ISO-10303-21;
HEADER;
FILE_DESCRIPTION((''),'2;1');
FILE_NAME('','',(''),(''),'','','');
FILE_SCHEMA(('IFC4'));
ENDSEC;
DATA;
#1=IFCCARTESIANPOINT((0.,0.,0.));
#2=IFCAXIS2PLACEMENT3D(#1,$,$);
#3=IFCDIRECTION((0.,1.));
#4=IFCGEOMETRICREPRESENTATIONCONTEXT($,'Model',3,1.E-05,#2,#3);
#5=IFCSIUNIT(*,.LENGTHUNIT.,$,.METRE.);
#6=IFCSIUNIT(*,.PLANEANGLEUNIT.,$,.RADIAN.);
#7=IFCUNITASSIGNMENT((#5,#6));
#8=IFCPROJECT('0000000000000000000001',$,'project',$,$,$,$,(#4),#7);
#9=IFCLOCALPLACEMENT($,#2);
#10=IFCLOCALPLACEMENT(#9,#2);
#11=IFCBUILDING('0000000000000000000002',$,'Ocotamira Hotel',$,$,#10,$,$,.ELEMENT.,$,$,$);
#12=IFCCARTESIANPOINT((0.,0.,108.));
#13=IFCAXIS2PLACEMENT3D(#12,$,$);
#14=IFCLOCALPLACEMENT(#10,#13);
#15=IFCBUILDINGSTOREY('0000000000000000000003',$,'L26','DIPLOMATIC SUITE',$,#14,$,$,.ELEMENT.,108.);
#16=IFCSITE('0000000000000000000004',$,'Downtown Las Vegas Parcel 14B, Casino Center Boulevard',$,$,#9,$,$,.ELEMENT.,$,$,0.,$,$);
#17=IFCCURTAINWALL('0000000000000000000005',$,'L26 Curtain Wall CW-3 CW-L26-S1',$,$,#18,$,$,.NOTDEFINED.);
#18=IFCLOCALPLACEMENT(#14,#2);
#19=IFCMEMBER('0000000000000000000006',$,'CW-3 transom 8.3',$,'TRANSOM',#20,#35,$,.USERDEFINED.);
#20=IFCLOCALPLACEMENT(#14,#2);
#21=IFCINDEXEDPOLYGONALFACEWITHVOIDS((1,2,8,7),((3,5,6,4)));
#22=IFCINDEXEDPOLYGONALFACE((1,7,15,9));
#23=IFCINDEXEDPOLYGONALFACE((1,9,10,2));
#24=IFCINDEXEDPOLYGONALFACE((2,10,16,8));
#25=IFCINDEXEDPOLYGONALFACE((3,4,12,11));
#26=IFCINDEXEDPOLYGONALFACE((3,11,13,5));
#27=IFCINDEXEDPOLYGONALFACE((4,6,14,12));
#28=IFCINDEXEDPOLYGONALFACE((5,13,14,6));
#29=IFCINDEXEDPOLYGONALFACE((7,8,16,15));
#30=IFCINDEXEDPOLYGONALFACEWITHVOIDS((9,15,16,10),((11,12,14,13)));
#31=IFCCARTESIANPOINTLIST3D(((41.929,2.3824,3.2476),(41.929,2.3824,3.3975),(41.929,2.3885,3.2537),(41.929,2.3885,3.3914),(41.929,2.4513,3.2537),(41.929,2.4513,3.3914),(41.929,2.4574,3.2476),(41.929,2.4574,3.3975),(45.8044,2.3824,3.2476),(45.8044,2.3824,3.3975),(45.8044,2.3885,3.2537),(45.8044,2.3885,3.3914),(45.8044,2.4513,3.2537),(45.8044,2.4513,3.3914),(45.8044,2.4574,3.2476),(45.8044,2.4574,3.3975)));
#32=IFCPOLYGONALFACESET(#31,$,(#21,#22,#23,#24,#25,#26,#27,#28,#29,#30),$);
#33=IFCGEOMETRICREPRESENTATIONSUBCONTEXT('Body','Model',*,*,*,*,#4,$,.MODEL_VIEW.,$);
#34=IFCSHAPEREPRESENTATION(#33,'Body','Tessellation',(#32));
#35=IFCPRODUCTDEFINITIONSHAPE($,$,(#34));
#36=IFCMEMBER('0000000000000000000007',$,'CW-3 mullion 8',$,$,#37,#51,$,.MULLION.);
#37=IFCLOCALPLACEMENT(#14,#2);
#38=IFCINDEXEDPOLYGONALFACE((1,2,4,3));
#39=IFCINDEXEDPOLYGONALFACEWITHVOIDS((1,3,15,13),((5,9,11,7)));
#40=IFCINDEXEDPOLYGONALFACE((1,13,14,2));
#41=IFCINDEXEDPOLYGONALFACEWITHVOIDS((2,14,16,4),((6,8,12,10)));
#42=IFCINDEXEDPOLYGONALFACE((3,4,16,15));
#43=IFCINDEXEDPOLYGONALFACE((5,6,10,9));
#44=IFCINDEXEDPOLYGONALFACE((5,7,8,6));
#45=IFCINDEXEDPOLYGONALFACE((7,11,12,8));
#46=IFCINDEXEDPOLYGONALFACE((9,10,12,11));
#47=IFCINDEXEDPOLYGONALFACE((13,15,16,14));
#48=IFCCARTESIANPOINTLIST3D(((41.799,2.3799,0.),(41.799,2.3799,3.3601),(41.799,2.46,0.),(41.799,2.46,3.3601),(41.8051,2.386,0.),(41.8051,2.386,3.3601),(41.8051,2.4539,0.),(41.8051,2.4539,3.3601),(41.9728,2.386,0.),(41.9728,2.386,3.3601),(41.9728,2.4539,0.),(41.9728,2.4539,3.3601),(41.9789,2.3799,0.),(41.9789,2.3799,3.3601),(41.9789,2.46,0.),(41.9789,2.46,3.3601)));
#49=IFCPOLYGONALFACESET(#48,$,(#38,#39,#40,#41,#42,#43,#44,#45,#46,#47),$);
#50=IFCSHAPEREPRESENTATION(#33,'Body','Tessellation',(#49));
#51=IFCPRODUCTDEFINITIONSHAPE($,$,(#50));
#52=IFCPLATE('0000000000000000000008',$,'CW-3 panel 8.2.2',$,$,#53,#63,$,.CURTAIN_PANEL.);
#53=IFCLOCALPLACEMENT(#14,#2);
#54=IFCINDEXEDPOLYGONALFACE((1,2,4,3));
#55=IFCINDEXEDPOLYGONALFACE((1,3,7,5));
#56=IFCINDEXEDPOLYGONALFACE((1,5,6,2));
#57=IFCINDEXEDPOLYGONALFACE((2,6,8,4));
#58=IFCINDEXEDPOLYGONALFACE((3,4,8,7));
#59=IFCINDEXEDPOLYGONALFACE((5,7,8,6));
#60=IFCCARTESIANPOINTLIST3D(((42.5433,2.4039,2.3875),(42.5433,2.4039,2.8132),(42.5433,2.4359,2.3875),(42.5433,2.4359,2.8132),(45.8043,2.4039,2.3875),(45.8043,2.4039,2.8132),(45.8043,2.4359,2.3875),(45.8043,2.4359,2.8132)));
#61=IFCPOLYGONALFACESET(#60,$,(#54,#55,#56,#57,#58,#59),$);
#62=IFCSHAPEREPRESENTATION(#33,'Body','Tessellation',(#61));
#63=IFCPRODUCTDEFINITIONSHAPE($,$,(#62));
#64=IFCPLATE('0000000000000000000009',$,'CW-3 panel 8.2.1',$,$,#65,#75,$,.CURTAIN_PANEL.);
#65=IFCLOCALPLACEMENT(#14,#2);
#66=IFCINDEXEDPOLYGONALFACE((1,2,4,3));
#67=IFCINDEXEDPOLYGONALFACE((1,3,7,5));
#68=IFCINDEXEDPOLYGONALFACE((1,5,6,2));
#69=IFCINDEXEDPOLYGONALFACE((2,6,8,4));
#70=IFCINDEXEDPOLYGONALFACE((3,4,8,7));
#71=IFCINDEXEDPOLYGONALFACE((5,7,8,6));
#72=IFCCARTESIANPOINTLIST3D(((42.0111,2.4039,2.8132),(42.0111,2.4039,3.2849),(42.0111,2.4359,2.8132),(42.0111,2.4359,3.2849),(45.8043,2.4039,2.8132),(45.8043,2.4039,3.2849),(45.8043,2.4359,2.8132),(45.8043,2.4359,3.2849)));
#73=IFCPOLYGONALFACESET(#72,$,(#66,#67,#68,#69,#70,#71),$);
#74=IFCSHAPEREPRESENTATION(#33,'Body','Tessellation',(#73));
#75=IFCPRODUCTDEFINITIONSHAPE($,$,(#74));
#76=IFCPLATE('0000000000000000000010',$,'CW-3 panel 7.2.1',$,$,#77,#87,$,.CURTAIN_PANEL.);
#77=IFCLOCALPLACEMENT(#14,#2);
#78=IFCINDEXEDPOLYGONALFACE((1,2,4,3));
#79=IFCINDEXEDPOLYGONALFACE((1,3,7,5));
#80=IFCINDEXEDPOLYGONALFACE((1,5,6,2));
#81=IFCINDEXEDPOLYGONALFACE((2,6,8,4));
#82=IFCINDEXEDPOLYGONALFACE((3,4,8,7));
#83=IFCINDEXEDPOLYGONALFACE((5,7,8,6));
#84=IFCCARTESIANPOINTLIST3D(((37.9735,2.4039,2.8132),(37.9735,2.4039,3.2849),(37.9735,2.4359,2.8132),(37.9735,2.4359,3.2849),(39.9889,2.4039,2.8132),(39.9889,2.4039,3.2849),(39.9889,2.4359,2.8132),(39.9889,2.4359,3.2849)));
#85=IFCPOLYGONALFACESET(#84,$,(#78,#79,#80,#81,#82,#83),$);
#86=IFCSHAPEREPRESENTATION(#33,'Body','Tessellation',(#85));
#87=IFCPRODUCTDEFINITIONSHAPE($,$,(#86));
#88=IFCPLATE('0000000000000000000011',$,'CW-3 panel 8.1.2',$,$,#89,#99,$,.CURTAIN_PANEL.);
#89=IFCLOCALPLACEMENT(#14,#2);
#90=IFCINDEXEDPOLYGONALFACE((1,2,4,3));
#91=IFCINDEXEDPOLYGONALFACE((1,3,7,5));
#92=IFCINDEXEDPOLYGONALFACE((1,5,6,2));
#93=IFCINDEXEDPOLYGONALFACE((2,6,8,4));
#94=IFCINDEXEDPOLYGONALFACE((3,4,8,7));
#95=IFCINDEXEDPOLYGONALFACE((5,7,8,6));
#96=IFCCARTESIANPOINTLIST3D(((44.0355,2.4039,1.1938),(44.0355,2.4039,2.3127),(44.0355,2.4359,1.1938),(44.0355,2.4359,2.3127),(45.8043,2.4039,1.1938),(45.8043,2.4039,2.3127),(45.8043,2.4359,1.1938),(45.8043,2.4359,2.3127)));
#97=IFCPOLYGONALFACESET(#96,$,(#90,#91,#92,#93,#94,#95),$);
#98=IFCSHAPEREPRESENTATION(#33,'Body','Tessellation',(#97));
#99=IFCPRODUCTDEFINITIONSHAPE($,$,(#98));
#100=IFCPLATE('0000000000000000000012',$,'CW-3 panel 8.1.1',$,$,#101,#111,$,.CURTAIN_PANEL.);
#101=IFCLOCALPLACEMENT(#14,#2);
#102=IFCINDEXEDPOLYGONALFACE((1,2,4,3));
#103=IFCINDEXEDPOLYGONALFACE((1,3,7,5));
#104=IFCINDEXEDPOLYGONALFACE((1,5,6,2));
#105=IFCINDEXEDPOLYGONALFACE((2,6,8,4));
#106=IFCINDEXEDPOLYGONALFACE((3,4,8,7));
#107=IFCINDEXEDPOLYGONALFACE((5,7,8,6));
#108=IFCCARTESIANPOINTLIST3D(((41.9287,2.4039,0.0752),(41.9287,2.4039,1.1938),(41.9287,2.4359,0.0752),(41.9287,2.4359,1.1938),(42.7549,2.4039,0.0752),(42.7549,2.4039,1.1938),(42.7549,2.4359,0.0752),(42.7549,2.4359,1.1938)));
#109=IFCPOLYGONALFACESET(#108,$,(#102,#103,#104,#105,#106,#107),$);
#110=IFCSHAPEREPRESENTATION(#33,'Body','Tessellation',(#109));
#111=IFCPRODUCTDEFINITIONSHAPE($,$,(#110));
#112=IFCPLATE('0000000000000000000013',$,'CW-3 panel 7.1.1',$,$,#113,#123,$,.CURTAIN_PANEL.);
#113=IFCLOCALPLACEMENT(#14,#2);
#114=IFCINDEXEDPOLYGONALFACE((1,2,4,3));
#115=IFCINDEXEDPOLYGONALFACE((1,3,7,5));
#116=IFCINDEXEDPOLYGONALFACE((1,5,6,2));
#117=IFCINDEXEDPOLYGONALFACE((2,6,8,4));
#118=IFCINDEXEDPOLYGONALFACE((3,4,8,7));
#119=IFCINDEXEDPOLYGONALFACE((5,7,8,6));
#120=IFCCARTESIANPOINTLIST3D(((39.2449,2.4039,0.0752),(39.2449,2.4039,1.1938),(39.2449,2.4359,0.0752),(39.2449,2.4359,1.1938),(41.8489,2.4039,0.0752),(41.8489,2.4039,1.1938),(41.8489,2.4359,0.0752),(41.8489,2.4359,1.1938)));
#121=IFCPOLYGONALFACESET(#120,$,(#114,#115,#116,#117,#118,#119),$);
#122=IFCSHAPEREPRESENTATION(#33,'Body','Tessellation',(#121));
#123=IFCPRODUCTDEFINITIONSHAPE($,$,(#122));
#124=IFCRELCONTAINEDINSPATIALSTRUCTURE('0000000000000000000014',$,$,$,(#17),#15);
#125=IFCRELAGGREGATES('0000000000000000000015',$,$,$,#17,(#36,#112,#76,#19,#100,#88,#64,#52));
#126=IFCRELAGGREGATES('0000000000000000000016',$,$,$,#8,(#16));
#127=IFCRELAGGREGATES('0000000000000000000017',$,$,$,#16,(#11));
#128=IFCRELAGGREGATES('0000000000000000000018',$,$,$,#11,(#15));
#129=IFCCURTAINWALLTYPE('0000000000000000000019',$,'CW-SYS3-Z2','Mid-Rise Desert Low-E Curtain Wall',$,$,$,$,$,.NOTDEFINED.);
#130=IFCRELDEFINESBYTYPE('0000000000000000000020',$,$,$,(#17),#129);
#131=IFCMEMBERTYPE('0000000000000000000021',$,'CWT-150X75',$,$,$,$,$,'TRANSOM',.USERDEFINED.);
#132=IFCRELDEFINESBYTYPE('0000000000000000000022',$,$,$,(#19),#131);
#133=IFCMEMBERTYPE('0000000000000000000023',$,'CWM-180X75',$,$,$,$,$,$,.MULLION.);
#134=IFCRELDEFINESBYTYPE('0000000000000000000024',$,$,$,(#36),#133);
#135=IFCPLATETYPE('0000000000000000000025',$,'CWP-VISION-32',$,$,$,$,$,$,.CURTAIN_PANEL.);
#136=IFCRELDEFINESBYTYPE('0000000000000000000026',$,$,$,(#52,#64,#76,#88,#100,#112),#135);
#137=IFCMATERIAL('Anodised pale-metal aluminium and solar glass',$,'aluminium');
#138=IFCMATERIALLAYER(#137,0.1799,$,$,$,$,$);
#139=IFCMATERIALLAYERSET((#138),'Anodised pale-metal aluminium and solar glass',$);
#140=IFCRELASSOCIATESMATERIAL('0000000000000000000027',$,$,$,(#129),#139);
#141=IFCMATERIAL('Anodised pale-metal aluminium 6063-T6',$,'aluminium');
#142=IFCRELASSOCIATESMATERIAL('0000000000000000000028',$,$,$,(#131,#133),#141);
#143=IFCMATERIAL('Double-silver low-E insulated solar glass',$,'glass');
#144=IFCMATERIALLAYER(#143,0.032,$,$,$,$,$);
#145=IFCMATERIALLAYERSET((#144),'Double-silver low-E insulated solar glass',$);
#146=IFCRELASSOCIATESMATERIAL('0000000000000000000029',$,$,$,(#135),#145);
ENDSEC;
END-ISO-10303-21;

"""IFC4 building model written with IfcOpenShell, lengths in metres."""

from ifc_helpers import new_model, si_unit, direction, frame, origin, origin_2d, place, context, subcontext, project, spatial, rectangle, hollow_rectangle, extrude, source, transform, mapped, material, layer, layer_set, material_profile, profile_set, type_object, element, aggregate, save


model = new_model("IFC4")

# Units and contexts
model_context = context("Model", 3, precision=1e-05, world=origin(), true_north=direction((0.0, 1.0)))
body_context = subcontext(model_context, "Body", "Model", "MODEL_VIEW")
ifc_project = project(units=[si_unit("LENGTHUNIT", "METRE"), si_unit("PLANEANGLEUNIT", "RADIAN")], contexts=[model_context])

# Site, building, storey
site_placement = place(None, origin())
site = spatial("IfcSite", under=ifc_project, at=site_placement, Name="Downtown Las Vegas Parcel 14B, Casino Center Boulevard", CompositionType="ELEMENT", RefElevation=0.0)
building_placement = place(site_placement, origin())
building = spatial("IfcBuilding", under=site, at=building_placement, Name="Ocotamira Hotel", CompositionType="ELEMENT")
storey_placement = place(building_placement, frame((0.0, 0.0, 108.0)))
storey = spatial("IfcBuildingStorey", under=building, at=storey_placement, Name="L26", Description="DIPLOMATIC SUITE", CompositionType="ELEMENT", Elevation=108.0)

# Curtain wall, members, plates
ifc_material_1 = material(Name="Anodised pale-metal aluminium and solar glass", Category="aluminium")
ifc_layer_1 = layer(ifc_material_1, 0.1799)
ifc_layer_set_1 = layer_set([ifc_layer_1], Name="Anodised pale-metal aluminium and solar glass")
curtain_wall_type = type_object("IfcCurtainWallType", Name="CW-SYS3-Z2", Description="Mid-Rise Desert Low-E Curtain Wall", PredefinedType="NOTDEFINED", material=ifc_layer_set_1)
curtain_wall_placement = place(storey_placement, origin())
curtain_wall = element("IfcCurtainWall", 1, at=curtain_wall_placement, inside=storey, type_object=curtain_wall_type, Name="L26 Curtain Wall CW-3 CW-L26-S1", PredefinedType="NOTDEFINED")
ifc_material_2 = material(Name="Anodised pale-metal aluminium 6063-T6", Category="aluminium")
ifc_material_profile_1 = material_profile(ifc_material_2, hollow_rectangle(XDim=0.075, YDim=0.1499, WallThickness=0.0061, at=origin_2d()), Name="HSS150X75X6")
ifc_profile_set_1 = profile_set([ifc_material_profile_1], Name="Anodised pale-metal aluminium 6063-T6")
member_type_1 = type_object("IfcMemberType", Name="CWT-150X75", ElementType="TRANSOM", PredefinedType="USERDEFINED", material=ifc_profile_set_1)
shared_shape_1 = source(origin(), body_context, "Body", "SweptSolid", [
    extrude(hollow_rectangle(XDim=0.075, YDim=0.1499, WallThickness=0.0061, at=origin_2d()), origin(), (0.0, 0.0, 1.0), 3.8755),
])
member_1_placement = place(storey_placement, frame((41.929, 2.4199, 3.3225), z_axis=(1.0, 0.0, 0.0), x_axis=(0.0, 1.0, 0.0)))
member_1 = element("IfcMember", 2, at=member_1_placement, type_object=member_type_1, Name="CW-3 transom 8.3", ObjectType="TRANSOM", PredefinedType="USERDEFINED", context=body_context, shape_type="MappedRepresentation", body=[
    mapped(shared_shape_1, transform((0.0, 0.0, 0.0), scale=1.0)),
])
ifc_material_profile_2 = material_profile(ifc_material_2, hollow_rectangle(XDim=0.0801, YDim=0.1799, WallThickness=0.0061, at=origin_2d()), Name="HSS180X80X6")
ifc_profile_set_2 = profile_set([ifc_material_profile_2], Name="Anodised pale-metal aluminium 6063-T6")
member_type_2 = type_object("IfcMemberType", Name="CWM-180X75", PredefinedType="MULLION", material=ifc_profile_set_2)
shared_shape_2 = source(origin(), body_context, "Body", "SweptSolid", [
    extrude(hollow_rectangle(XDim=0.0801, YDim=0.1799, WallThickness=0.0061, at=origin_2d()), origin(), (0.0, 0.0, 1.0), 3.3601),
])
member_2_placement = place(storey_placement, frame((41.8889, 2.4199, 0.0), z_axis=(0.0, 0.0, 1.0), x_axis=(0.0, 1.0, 0.0)))
member_2 = element("IfcMember", 3, at=member_2_placement, type_object=member_type_2, Name="CW-3 mullion 8", PredefinedType="MULLION", context=body_context, shape_type="MappedRepresentation", body=[
    mapped(shared_shape_2, transform((0.0, 0.0, 0.0), scale=1.0)),
])
ifc_material_3 = material(Name="Double-silver low-E insulated solar glass", Category="glass")
ifc_layer_2 = layer(ifc_material_3, 0.032)
ifc_layer_set_2 = layer_set([ifc_layer_2], Name="Double-silver low-E insulated solar glass")
plate_type = type_object("IfcPlateType", Name="CWP-VISION-32", PredefinedType="CURTAIN_PANEL", material=ifc_layer_set_2)
shared_shape_3 = source(origin(), body_context, "Body", "SweptSolid", [
    extrude(rectangle(XDim=3.261, YDim=0.032, at=origin_2d()), origin(), (0.0, 0.0, 1.0), 0.4258),
])
plate_1_placement = place(storey_placement, frame((44.1738, 2.4199, 2.3875), z_axis=(0.0, 0.0, 1.0), x_axis=(1.0, 0.0, 0.0)))
plate_1 = element("IfcPlate", 4, at=plate_1_placement, type_object=plate_type, Name="CW-3 panel 8.2.2", PredefinedType="CURTAIN_PANEL", context=body_context, shape_type="MappedRepresentation", body=[
    mapped(shared_shape_3, transform((0.0, 0.0, 0.0), scale=1.0)),
])
shared_shape_4 = source(origin(), body_context, "Body", "SweptSolid", [
    extrude(rectangle(XDim=3.7932, YDim=0.032, at=origin_2d()), origin(), (0.0, 0.0, 1.0), 0.4717),
])
plate_2_placement = place(storey_placement, frame((43.9077, 2.4199, 2.8132), z_axis=(0.0, 0.0, 1.0), x_axis=(1.0, 0.0, 0.0)))
plate_2 = element("IfcPlate", 5, at=plate_2_placement, type_object=plate_type, Name="CW-3 panel 8.2.1", PredefinedType="CURTAIN_PANEL", context=body_context, shape_type="MappedRepresentation", body=[
    mapped(shared_shape_4, transform((0.0, 0.0, 0.0), scale=1.0)),
])
shared_shape_5 = source(origin(), body_context, "Body", "SweptSolid", [
    extrude(rectangle(XDim=2.0154, YDim=0.032, at=origin_2d()), origin(), (0.0, 0.0, 1.0), 0.4717),
])
plate_3_placement = place(storey_placement, frame((38.9812, 2.4199, 2.8132), z_axis=(0.0, 0.0, 1.0), x_axis=(1.0, 0.0, 0.0)))
plate_3 = element("IfcPlate", 6, at=plate_3_placement, type_object=plate_type, Name="CW-3 panel 7.2.1", PredefinedType="CURTAIN_PANEL", context=body_context, shape_type="MappedRepresentation", body=[
    mapped(shared_shape_5, transform((0.0, 0.0, 0.0), scale=1.0)),
])
shared_shape_6 = source(origin(), body_context, "Body", "SweptSolid", [
    extrude(rectangle(XDim=1.7688, YDim=0.032, at=origin_2d()), origin(), (0.0, 0.0, 1.0), 1.1189),
])
plate_4_placement = place(storey_placement, frame((44.9199, 2.4199, 1.1938), z_axis=(0.0, 0.0, 1.0), x_axis=(1.0, 0.0, 0.0)))
plate_4 = element("IfcPlate", 7, at=plate_4_placement, type_object=plate_type, Name="CW-3 panel 8.1.2", PredefinedType="CURTAIN_PANEL", context=body_context, shape_type="MappedRepresentation", body=[
    mapped(shared_shape_6, transform((0.0, 0.0, 0.0), scale=1.0)),
])
shared_shape_7 = source(origin(), body_context, "Body", "SweptSolid", [
    extrude(rectangle(XDim=0.8262, YDim=0.032, at=origin_2d()), origin(), (0.0, 0.0, 1.0), 1.1187),
])
plate_5_placement = place(storey_placement, frame((42.3418, 2.4199, 0.0752), z_axis=(0.0, 0.0, 1.0), x_axis=(1.0, 0.0, 0.0)))
plate_5 = element("IfcPlate", 8, at=plate_5_placement, type_object=plate_type, Name="CW-3 panel 8.1.1", PredefinedType="CURTAIN_PANEL", context=body_context, shape_type="MappedRepresentation", body=[
    mapped(shared_shape_7, transform((0.0, 0.0, 0.0), scale=1.0)),
])
shared_shape_8 = source(origin(), body_context, "Body", "SweptSolid", [
    extrude(rectangle(XDim=2.604, YDim=0.032, at=origin_2d()), origin(), (0.0, 0.0, 1.0), 1.1187),
])
plate_6_placement = place(storey_placement, frame((40.5469, 2.4199, 0.0752), z_axis=(0.0, 0.0, 1.0), x_axis=(1.0, 0.0, 0.0)))
plate_6 = element("IfcPlate", 9, at=plate_6_placement, type_object=plate_type, Name="CW-3 panel 7.1.1", PredefinedType="CURTAIN_PANEL", context=body_context, shape_type="MappedRepresentation", body=[
    mapped(shared_shape_8, transform((0.0, 0.0, 0.0), scale=1.0)),
])
aggregate(curtain_wall, [member_2, plate_6, plate_3, member_1, plate_5, plate_4, plate_2, plate_1])

save(model, "model.ifc")
